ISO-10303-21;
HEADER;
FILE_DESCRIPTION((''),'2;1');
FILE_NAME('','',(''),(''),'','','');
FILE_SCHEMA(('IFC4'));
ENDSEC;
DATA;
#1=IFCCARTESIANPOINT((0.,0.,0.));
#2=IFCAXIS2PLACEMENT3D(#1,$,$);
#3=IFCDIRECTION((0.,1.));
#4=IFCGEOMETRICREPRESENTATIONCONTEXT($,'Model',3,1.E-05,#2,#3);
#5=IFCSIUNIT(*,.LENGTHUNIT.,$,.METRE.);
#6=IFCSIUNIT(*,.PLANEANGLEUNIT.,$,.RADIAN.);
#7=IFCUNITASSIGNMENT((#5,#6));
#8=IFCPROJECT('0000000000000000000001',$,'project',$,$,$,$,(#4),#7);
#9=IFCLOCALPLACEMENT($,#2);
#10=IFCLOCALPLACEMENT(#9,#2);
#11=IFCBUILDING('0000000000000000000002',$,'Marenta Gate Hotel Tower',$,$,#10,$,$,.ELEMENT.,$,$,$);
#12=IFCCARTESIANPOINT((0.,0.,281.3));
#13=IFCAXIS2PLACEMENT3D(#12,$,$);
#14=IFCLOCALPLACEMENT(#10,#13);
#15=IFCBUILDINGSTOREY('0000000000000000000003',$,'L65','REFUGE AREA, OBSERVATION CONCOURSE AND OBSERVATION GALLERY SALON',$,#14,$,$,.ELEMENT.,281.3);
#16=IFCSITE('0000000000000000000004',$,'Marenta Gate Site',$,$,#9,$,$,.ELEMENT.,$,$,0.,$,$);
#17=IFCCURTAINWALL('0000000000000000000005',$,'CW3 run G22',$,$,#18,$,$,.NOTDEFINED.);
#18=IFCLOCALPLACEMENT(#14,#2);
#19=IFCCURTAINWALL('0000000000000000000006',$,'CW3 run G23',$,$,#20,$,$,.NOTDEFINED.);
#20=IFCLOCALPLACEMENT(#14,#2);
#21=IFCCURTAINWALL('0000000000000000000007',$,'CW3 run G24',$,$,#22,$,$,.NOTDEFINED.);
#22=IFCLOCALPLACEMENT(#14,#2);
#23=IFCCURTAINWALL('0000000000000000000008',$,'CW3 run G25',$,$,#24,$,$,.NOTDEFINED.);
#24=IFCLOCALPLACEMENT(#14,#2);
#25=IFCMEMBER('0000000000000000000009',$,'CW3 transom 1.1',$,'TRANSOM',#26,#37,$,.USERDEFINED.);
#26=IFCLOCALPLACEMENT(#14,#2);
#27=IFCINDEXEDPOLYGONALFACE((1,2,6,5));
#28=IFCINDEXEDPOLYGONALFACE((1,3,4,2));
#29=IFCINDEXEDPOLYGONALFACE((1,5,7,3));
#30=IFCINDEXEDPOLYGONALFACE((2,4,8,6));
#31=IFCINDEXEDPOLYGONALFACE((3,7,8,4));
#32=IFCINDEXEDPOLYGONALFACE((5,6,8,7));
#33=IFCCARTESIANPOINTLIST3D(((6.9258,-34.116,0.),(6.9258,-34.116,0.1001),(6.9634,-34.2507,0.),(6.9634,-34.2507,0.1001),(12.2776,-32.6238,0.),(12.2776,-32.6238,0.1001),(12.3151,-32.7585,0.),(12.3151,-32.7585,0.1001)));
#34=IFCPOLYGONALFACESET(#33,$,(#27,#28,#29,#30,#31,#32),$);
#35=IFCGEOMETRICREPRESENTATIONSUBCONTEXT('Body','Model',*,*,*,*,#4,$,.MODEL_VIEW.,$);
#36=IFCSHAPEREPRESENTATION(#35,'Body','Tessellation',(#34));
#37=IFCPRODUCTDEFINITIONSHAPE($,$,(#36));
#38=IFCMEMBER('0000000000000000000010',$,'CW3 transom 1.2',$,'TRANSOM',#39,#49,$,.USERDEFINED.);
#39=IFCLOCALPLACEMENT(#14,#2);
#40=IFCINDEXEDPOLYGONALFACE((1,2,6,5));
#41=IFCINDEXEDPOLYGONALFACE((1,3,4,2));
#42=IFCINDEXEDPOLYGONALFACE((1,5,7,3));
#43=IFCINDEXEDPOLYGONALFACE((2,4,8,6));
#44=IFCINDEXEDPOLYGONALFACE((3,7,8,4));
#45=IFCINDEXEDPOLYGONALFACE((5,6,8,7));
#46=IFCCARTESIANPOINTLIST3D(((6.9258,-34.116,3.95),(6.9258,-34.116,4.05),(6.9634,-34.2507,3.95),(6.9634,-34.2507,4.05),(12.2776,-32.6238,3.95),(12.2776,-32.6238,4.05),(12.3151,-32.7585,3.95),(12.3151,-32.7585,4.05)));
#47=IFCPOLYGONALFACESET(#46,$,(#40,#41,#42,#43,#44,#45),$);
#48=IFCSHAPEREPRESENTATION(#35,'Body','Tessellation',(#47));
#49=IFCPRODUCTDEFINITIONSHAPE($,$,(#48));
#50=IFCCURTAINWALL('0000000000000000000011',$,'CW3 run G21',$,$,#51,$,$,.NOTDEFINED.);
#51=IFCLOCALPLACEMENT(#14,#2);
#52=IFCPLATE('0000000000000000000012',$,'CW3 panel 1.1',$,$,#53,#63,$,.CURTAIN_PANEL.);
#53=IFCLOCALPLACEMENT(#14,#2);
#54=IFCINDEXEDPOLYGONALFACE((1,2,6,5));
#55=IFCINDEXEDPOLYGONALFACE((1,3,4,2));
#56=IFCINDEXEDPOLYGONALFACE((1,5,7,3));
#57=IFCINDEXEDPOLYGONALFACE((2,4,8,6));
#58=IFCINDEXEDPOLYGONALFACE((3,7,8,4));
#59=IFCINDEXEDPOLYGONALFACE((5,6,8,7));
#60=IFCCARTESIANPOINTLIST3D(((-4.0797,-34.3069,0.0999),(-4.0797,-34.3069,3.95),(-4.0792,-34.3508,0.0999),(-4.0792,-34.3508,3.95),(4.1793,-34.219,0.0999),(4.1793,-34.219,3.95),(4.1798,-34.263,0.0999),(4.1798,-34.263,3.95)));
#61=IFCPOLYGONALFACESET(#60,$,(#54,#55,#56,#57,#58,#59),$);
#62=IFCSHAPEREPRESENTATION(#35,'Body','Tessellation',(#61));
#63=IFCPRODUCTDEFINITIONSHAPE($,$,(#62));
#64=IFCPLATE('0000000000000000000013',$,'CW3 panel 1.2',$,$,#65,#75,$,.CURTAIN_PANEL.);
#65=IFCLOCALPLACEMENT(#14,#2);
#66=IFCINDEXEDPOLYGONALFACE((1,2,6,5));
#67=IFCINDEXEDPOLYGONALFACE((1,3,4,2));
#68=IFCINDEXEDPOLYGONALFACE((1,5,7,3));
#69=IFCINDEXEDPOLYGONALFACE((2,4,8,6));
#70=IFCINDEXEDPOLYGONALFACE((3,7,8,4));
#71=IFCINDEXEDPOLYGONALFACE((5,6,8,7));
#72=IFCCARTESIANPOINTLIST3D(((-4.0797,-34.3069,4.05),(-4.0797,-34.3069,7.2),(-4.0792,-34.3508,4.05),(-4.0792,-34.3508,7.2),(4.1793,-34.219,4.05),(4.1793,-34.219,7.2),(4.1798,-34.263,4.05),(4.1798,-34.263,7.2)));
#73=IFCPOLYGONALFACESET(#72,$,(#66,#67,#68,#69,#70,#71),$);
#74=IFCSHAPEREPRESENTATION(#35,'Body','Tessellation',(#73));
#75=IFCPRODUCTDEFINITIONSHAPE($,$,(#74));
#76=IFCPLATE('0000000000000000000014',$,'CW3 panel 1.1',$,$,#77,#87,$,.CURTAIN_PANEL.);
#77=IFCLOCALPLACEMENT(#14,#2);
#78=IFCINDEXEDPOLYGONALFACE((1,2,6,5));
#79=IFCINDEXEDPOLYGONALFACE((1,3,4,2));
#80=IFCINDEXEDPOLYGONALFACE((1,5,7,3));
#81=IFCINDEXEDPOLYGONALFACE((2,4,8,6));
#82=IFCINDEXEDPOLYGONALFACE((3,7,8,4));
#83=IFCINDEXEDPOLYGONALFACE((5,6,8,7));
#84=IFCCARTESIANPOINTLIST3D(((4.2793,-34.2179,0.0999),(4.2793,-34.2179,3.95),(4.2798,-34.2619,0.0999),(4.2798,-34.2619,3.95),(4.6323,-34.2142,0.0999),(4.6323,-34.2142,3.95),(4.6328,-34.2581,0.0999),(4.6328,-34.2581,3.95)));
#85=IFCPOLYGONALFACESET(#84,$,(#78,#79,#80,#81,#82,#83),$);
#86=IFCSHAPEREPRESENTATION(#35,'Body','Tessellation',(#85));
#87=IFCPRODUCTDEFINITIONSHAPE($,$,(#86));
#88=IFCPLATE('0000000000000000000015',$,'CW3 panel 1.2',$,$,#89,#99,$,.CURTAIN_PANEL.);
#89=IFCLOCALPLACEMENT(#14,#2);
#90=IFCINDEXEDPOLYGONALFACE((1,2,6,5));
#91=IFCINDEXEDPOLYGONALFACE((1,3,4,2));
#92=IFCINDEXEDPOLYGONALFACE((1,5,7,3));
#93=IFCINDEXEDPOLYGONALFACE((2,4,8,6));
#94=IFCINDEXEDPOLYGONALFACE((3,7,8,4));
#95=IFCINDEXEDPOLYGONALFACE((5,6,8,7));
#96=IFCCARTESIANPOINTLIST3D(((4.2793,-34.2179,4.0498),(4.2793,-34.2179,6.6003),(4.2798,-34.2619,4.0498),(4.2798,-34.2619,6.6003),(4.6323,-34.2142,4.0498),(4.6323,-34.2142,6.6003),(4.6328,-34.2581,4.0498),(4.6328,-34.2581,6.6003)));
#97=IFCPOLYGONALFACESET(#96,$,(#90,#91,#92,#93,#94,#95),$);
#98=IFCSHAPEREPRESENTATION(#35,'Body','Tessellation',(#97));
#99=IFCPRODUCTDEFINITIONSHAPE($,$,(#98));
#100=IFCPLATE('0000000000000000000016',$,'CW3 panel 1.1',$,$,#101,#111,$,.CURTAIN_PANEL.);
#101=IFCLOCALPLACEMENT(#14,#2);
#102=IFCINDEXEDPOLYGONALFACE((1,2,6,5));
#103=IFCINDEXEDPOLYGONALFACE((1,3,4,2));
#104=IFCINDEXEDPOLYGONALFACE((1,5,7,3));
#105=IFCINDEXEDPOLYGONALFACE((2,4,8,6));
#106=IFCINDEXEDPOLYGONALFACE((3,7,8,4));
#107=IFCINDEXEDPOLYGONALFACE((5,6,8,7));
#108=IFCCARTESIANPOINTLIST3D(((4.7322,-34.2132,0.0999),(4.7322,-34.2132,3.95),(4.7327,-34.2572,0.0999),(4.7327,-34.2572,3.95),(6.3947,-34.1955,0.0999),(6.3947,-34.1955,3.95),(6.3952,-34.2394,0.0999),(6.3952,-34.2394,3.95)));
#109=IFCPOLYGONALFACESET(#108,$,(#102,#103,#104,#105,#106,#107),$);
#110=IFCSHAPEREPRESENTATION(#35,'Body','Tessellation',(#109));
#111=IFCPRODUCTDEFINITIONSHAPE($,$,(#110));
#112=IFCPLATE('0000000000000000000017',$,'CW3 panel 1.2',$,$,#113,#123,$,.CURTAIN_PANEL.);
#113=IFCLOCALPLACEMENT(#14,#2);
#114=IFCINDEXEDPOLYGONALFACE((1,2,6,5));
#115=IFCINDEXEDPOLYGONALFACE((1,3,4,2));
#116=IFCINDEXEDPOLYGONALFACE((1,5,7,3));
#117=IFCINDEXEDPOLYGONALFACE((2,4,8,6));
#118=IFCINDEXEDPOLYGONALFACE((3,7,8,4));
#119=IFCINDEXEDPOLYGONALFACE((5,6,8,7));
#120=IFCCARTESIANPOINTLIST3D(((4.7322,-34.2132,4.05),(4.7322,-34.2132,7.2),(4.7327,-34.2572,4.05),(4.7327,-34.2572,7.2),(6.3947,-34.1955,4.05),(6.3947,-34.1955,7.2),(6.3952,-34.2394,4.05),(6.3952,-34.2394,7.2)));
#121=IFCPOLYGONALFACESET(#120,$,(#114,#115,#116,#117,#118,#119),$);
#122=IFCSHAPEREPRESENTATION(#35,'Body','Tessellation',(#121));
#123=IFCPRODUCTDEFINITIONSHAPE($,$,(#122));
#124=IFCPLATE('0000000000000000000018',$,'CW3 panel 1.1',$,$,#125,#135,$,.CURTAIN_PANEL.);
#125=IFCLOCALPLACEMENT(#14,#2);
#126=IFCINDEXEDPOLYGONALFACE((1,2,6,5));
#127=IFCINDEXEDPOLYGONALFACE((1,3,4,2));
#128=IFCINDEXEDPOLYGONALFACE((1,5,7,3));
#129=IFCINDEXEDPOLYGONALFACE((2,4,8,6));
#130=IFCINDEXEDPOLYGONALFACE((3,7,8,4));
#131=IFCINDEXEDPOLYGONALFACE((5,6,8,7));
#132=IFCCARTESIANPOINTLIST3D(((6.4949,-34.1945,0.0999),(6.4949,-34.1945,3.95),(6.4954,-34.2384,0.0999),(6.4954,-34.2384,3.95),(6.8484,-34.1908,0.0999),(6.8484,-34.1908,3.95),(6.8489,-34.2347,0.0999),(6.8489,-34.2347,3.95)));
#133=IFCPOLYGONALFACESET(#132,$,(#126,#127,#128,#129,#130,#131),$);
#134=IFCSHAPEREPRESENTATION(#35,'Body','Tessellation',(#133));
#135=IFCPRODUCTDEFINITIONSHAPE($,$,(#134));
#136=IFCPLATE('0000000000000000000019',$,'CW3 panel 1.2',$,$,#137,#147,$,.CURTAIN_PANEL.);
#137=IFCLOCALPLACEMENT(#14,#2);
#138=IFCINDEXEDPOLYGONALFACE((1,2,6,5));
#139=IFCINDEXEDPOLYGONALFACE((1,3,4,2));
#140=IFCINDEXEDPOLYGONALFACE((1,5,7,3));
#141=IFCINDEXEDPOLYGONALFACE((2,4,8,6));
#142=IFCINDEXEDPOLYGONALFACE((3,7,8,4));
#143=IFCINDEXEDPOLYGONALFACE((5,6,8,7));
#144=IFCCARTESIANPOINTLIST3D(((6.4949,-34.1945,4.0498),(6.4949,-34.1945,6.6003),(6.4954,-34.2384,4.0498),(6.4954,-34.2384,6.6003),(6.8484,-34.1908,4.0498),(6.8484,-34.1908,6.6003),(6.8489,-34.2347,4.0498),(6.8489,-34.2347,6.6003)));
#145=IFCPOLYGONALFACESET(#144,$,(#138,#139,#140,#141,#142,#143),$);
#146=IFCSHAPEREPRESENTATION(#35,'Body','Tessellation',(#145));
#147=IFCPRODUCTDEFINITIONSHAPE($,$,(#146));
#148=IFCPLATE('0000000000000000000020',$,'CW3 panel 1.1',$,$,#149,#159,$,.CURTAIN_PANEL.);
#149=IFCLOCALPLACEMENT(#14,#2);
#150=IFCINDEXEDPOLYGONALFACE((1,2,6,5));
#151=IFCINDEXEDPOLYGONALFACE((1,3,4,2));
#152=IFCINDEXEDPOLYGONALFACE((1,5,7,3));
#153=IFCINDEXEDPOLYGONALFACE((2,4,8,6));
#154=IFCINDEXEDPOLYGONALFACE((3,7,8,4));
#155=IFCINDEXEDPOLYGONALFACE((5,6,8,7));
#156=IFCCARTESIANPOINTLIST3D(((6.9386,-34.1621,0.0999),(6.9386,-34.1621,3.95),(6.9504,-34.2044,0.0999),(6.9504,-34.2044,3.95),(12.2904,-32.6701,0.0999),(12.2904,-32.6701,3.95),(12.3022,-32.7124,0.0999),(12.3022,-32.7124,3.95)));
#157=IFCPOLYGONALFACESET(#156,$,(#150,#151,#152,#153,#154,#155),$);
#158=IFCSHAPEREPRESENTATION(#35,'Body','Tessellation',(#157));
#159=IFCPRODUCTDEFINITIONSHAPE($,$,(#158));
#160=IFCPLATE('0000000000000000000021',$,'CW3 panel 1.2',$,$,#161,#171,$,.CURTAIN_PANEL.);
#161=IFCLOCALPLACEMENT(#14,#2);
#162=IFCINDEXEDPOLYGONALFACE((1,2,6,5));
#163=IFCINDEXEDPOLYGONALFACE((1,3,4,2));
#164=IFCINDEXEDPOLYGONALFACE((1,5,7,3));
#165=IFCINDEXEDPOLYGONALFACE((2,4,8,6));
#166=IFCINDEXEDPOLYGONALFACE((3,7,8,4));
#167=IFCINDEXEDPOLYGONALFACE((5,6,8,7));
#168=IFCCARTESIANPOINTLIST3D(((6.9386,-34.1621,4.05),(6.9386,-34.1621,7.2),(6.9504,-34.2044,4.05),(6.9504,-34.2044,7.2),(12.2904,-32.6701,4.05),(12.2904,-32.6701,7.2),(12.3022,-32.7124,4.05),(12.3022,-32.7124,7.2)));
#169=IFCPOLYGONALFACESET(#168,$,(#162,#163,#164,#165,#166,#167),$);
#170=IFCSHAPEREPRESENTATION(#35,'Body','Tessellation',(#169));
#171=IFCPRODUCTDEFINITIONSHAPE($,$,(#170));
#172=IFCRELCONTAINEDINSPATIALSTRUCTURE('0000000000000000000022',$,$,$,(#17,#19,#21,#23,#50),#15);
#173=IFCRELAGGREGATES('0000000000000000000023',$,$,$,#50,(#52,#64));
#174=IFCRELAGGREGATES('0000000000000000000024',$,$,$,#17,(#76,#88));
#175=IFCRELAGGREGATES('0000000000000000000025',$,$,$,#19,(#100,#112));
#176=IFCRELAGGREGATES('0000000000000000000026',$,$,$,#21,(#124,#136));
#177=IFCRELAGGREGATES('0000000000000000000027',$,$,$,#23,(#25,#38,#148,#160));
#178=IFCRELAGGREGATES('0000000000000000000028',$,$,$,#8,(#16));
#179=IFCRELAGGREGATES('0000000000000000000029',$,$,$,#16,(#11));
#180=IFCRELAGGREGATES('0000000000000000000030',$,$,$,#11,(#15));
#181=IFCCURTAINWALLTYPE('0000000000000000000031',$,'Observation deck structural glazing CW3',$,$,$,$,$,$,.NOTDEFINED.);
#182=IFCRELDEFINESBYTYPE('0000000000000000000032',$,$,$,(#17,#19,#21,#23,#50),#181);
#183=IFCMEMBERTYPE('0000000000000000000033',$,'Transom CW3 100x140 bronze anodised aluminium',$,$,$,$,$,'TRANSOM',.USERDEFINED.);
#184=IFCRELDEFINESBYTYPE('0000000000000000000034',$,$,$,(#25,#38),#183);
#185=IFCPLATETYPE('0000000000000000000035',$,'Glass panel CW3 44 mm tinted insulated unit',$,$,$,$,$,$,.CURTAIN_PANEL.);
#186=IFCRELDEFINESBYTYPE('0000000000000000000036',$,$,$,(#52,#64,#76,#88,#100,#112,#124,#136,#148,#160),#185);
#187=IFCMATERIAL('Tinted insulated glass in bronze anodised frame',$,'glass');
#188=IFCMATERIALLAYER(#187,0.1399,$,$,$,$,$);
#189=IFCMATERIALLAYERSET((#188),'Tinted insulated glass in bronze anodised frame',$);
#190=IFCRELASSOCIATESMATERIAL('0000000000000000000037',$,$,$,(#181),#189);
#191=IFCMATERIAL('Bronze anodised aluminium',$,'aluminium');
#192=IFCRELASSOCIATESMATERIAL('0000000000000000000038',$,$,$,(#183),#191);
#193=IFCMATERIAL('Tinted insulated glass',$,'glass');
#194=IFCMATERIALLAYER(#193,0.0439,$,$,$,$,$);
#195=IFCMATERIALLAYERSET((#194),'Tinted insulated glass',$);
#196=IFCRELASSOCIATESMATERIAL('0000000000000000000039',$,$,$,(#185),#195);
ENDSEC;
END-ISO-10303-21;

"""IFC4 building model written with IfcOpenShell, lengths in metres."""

from ifc_helpers import new_model, si_unit, direction, frame, origin, origin_2d, place, context, subcontext, project, spatial, rectangle, extrude, material, layer, layer_set, material_profile, profile_set, type_object, element, aggregate, save


model = new_model("IFC4")

# Units and contexts
model_context = context("Model", 3, precision=1e-05, world=origin(), true_north=direction((0.0, 1.0)))
body_context = subcontext(model_context, "Body", "Model", "MODEL_VIEW")
ifc_project = project(units=[si_unit("LENGTHUNIT", "METRE"), si_unit("PLANEANGLEUNIT", "RADIAN")], contexts=[model_context])

# Site, building, storey
site_placement = place(None, origin())
site = spatial("IfcSite", under=ifc_project, at=site_placement, Name="Marenta Gate Site", CompositionType="ELEMENT", RefElevation=0.0)
building_placement = place(site_placement, origin())
building = spatial("IfcBuilding", under=site, at=building_placement, Name="Marenta Gate Hotel Tower", CompositionType="ELEMENT")
storey_placement = place(building_placement, frame((0.0, 0.0, 281.3)))
storey = spatial("IfcBuildingStorey", under=building, at=storey_placement, Name="L65", Description="REFUGE AREA, OBSERVATION CONCOURSE AND OBSERVATION GALLERY SALON", CompositionType="ELEMENT", Elevation=281.3)

# Curtain walls
ifc_material_1 = material(Name="Tinted insulated glass in bronze anodised frame", Category="glass")
ifc_layer_1 = layer(ifc_material_1, 0.1399)
ifc_layer_set_1 = layer_set([ifc_layer_1], Name="Tinted insulated glass in bronze anodised frame")
curtain_wall_type = type_object("IfcCurtainWallType", Name="Observation deck structural glazing CW3", PredefinedType="NOTDEFINED", material=ifc_layer_set_1)
curtain_wall_1_placement = place(storey_placement, origin())
curtain_wall_1 = element("IfcCurtainWall", 1, at=curtain_wall_1_placement, inside=storey, type_object=curtain_wall_type, Name="CW3 run G22", PredefinedType="NOTDEFINED")
curtain_wall_2_placement = place(storey_placement, origin())
curtain_wall_2 = element("IfcCurtainWall", 2, at=curtain_wall_2_placement, inside=storey, type_object=curtain_wall_type, Name="CW3 run G23", PredefinedType="NOTDEFINED")
curtain_wall_3_placement = place(storey_placement, origin())
curtain_wall_3 = element("IfcCurtainWall", 3, at=curtain_wall_3_placement, inside=storey, type_object=curtain_wall_type, Name="CW3 run G24", PredefinedType="NOTDEFINED")
curtain_wall_4_placement = place(storey_placement, origin())
curtain_wall_4 = element("IfcCurtainWall", 4, at=curtain_wall_4_placement, inside=storey, type_object=curtain_wall_type, Name="CW3 run G25", PredefinedType="NOTDEFINED")

# Members
ifc_material_2 = material(Name="Bronze anodised aluminium", Category="aluminium")
ifc_material_profile_1 = material_profile(ifc_material_2, rectangle(XDim=0.1399, YDim=0.1001, at=origin_2d()), Name="Transom CW3 100x140 bronze anodised aluminium")
ifc_profile_set_1 = profile_set([ifc_material_profile_1], Name="Bronze anodised aluminium")
member_type_1 = type_object("IfcMemberType", Name="Transom CW3 100x140 bronze anodised aluminium", ElementType="TRANSOM", PredefinedType="USERDEFINED", material=ifc_profile_set_1)
member_1_placement = place(storey_placement, frame((6.9446, -34.1833, 0.05), z_axis=(0.963259, 0.268575, 0.0), x_axis=(-0.268575, 0.963259, 0.0)))
member_1 = element("IfcMember", 5, at=member_1_placement, type_object=member_type_1, Name="CW3 transom 1.1", ObjectType="TRANSOM", PredefinedType="USERDEFINED", context=body_context, shape_type="SweptSolid", body=[
    extrude(rectangle(XDim=0.1399, YDim=0.1001, at=origin_2d()), origin(), (0.0, 0.0, 1.0), 5.5559),
])
member_2_placement = place(storey_placement, frame((6.9446, -34.1833, 4.0), z_axis=(0.963259, 0.268575, 0.0), x_axis=(-0.268575, 0.963259, 0.0)))
member_2 = element("IfcMember", 6, at=member_2_placement, type_object=member_type_1, Name="CW3 transom 1.2", ObjectType="TRANSOM", PredefinedType="USERDEFINED", context=body_context, shape_type="SweptSolid", body=[
    extrude(rectangle(XDim=0.1399, YDim=0.1001, at=origin_2d()), origin(), (0.0, 0.0, 1.0), 5.5559),
])

# Curtain wall, plates
curtain_wall_5_placement = place(storey_placement, origin())
curtain_wall_5 = element("IfcCurtainWall", 7, at=curtain_wall_5_placement, inside=storey, type_object=curtain_wall_type, Name="CW3 run G21", PredefinedType="NOTDEFINED")
ifc_material_3 = material(Name="Tinted insulated glass", Category="glass")
ifc_layer_2 = layer(ifc_material_3, 0.0439)
ifc_layer_set_2 = layer_set([ifc_layer_2], Name="Tinted insulated glass")
plate_type = type_object("IfcPlateType", Name="Glass panel CW3 44 mm tinted insulated unit", PredefinedType="CURTAIN_PANEL", material=ifc_layer_set_2)
plate_1_placement = place(storey_placement, frame((0.05, -34.2849, 0.0999), z_axis=(0.0, 0.0, 1.0), x_axis=(0.999943, 0.010635, 0.0)))
plate_1 = element("IfcPlate", 8, at=plate_1_placement, type_object=plate_type, Name="CW3 panel 1.1", PredefinedType="CURTAIN_PANEL", context=body_context, shape_type="SweptSolid", body=[
    extrude(rectangle(XDim=8.2595, YDim=0.0439, at=origin_2d()), origin(), (0.0, 0.0, 1.0), 3.8501),
])
plate_2_placement = place(storey_placement, frame((0.05, -34.2849, 4.05), z_axis=(0.0, 0.0, 1.0), x_axis=(0.999943, 0.010635, 0.0)))
plate_2 = element("IfcPlate", 9, at=plate_2_placement, type_object=plate_type, Name="CW3 panel 1.2", PredefinedType="CURTAIN_PANEL", context=body_context, shape_type="SweptSolid", body=[
    extrude(rectangle(XDim=8.2595, YDim=0.0439, at=origin_2d()), origin(), (0.0, 0.0, 1.0), 3.1499),
])
aggregate(curtain_wall_5, [plate_1, plate_2])

# Plates
plate_3_placement = place(storey_placement, frame((4.4561, -34.238, 0.0999), z_axis=(0.0, 0.0, 1.0), x_axis=(0.999944, 0.010595, 0.0)))
plate_3 = element("IfcPlate", 10, at=plate_3_placement, type_object=plate_type, Name="CW3 panel 1.1", PredefinedType="CURTAIN_PANEL", context=body_context, shape_type="SweptSolid", body=[
    extrude(rectangle(XDim=0.353, YDim=0.0439, at=origin_2d()), origin(), (0.0, 0.0, 1.0), 3.8501),
])
plate_4_placement = place(storey_placement, frame((4.4561, -34.238, 4.0498), z_axis=(0.0, 0.0, 1.0), x_axis=(0.999944, 0.010595, 0.0)))
plate_4 = element("IfcPlate", 11, at=plate_4_placement, type_object=plate_type, Name="CW3 panel 1.2", PredefinedType="CURTAIN_PANEL", context=body_context, shape_type="SweptSolid", body=[
    extrude(rectangle(XDim=0.353, YDim=0.0439, at=origin_2d()), origin(), (0.0, 0.0, 1.0), 2.5505),
])
aggregate(curtain_wall_1, [plate_3, plate_4])
plate_5_placement = place(storey_placement, frame((5.5637, -34.2263, 0.0999), z_axis=(0.0, 0.0, 1.0), x_axis=(0.999943, 0.010665, 0.0)))
plate_5 = element("IfcPlate", 12, at=plate_5_placement, type_object=plate_type, Name="CW3 panel 1.1", PredefinedType="CURTAIN_PANEL", context=body_context, shape_type="SweptSolid", body=[
    extrude(rectangle(XDim=1.6626, YDim=0.0439, at=origin_2d()), origin(), (0.0, 0.0, 1.0), 3.8501),
])
plate_6_placement = place(storey_placement, frame((5.5637, -34.2263, 4.05), z_axis=(0.0, 0.0, 1.0), x_axis=(0.999943, 0.010665, 0.0)))
plate_6 = element("IfcPlate", 13, at=plate_6_placement, type_object=plate_type, Name="CW3 panel 1.2", PredefinedType="CURTAIN_PANEL", context=body_context, shape_type="SweptSolid", body=[
    extrude(rectangle(XDim=1.6626, YDim=0.0439, at=origin_2d()), origin(), (0.0, 0.0, 1.0), 3.1499),
])
aggregate(curtain_wall_2, [plate_5, plate_6])
plate_7_placement = place(storey_placement, frame((6.6719, -34.2146, 0.0999), z_axis=(0.0, 0.0, 1.0), x_axis=(0.999944, 0.010597, 0.0)))
plate_7 = element("IfcPlate", 14, at=plate_7_placement, type_object=plate_type, Name="CW3 panel 1.1", PredefinedType="CURTAIN_PANEL", context=body_context, shape_type="SweptSolid", body=[
    extrude(rectangle(XDim=0.3535, YDim=0.0439, at=origin_2d()), origin(), (0.0, 0.0, 1.0), 3.8501),
])
plate_8_placement = place(storey_placement, frame((6.6719, -34.2146, 4.0498), z_axis=(0.0, 0.0, 1.0), x_axis=(0.999944, 0.010597, 0.0)))
plate_8 = element("IfcPlate", 15, at=plate_8_placement, type_object=plate_type, Name="CW3 panel 1.2", PredefinedType="CURTAIN_PANEL", context=body_context, shape_type="SweptSolid", body=[
    extrude(rectangle(XDim=0.3535, YDim=0.0439, at=origin_2d()), origin(), (0.0, 0.0, 1.0), 2.5505),
])
aggregate(curtain_wall_3, [plate_7, plate_8])
plate_9_placement = place(storey_placement, frame((9.6204, -33.4373, 0.0999), z_axis=(0.0, 0.0, 1.0), x_axis=(0.963265, 0.268553, 0.0)))
plate_9 = element("IfcPlate", 16, at=plate_9_placement, type_object=plate_type, Name="CW3 panel 1.1", PredefinedType="CURTAIN_PANEL", context=body_context, shape_type="SweptSolid", body=[
    extrude(rectangle(XDim=5.5559, YDim=0.0439, at=origin_2d()), origin(), (0.0, 0.0, 1.0), 3.8501),
])
plate_10_placement = place(storey_placement, frame((9.6204, -33.4373, 4.05), z_axis=(0.0, 0.0, 1.0), x_axis=(0.963265, 0.268553, 0.0)))
plate_10 = element("IfcPlate", 17, at=plate_10_placement, type_object=plate_type, Name="CW3 panel 1.2", PredefinedType="CURTAIN_PANEL", context=body_context, shape_type="SweptSolid", body=[
    extrude(rectangle(XDim=5.5559, YDim=0.0439, at=origin_2d()), origin(), (0.0, 0.0, 1.0), 3.1499),
])
aggregate(curtain_wall_4, [member_1, member_2, plate_9, plate_10])

save(model, "model.ifc")
